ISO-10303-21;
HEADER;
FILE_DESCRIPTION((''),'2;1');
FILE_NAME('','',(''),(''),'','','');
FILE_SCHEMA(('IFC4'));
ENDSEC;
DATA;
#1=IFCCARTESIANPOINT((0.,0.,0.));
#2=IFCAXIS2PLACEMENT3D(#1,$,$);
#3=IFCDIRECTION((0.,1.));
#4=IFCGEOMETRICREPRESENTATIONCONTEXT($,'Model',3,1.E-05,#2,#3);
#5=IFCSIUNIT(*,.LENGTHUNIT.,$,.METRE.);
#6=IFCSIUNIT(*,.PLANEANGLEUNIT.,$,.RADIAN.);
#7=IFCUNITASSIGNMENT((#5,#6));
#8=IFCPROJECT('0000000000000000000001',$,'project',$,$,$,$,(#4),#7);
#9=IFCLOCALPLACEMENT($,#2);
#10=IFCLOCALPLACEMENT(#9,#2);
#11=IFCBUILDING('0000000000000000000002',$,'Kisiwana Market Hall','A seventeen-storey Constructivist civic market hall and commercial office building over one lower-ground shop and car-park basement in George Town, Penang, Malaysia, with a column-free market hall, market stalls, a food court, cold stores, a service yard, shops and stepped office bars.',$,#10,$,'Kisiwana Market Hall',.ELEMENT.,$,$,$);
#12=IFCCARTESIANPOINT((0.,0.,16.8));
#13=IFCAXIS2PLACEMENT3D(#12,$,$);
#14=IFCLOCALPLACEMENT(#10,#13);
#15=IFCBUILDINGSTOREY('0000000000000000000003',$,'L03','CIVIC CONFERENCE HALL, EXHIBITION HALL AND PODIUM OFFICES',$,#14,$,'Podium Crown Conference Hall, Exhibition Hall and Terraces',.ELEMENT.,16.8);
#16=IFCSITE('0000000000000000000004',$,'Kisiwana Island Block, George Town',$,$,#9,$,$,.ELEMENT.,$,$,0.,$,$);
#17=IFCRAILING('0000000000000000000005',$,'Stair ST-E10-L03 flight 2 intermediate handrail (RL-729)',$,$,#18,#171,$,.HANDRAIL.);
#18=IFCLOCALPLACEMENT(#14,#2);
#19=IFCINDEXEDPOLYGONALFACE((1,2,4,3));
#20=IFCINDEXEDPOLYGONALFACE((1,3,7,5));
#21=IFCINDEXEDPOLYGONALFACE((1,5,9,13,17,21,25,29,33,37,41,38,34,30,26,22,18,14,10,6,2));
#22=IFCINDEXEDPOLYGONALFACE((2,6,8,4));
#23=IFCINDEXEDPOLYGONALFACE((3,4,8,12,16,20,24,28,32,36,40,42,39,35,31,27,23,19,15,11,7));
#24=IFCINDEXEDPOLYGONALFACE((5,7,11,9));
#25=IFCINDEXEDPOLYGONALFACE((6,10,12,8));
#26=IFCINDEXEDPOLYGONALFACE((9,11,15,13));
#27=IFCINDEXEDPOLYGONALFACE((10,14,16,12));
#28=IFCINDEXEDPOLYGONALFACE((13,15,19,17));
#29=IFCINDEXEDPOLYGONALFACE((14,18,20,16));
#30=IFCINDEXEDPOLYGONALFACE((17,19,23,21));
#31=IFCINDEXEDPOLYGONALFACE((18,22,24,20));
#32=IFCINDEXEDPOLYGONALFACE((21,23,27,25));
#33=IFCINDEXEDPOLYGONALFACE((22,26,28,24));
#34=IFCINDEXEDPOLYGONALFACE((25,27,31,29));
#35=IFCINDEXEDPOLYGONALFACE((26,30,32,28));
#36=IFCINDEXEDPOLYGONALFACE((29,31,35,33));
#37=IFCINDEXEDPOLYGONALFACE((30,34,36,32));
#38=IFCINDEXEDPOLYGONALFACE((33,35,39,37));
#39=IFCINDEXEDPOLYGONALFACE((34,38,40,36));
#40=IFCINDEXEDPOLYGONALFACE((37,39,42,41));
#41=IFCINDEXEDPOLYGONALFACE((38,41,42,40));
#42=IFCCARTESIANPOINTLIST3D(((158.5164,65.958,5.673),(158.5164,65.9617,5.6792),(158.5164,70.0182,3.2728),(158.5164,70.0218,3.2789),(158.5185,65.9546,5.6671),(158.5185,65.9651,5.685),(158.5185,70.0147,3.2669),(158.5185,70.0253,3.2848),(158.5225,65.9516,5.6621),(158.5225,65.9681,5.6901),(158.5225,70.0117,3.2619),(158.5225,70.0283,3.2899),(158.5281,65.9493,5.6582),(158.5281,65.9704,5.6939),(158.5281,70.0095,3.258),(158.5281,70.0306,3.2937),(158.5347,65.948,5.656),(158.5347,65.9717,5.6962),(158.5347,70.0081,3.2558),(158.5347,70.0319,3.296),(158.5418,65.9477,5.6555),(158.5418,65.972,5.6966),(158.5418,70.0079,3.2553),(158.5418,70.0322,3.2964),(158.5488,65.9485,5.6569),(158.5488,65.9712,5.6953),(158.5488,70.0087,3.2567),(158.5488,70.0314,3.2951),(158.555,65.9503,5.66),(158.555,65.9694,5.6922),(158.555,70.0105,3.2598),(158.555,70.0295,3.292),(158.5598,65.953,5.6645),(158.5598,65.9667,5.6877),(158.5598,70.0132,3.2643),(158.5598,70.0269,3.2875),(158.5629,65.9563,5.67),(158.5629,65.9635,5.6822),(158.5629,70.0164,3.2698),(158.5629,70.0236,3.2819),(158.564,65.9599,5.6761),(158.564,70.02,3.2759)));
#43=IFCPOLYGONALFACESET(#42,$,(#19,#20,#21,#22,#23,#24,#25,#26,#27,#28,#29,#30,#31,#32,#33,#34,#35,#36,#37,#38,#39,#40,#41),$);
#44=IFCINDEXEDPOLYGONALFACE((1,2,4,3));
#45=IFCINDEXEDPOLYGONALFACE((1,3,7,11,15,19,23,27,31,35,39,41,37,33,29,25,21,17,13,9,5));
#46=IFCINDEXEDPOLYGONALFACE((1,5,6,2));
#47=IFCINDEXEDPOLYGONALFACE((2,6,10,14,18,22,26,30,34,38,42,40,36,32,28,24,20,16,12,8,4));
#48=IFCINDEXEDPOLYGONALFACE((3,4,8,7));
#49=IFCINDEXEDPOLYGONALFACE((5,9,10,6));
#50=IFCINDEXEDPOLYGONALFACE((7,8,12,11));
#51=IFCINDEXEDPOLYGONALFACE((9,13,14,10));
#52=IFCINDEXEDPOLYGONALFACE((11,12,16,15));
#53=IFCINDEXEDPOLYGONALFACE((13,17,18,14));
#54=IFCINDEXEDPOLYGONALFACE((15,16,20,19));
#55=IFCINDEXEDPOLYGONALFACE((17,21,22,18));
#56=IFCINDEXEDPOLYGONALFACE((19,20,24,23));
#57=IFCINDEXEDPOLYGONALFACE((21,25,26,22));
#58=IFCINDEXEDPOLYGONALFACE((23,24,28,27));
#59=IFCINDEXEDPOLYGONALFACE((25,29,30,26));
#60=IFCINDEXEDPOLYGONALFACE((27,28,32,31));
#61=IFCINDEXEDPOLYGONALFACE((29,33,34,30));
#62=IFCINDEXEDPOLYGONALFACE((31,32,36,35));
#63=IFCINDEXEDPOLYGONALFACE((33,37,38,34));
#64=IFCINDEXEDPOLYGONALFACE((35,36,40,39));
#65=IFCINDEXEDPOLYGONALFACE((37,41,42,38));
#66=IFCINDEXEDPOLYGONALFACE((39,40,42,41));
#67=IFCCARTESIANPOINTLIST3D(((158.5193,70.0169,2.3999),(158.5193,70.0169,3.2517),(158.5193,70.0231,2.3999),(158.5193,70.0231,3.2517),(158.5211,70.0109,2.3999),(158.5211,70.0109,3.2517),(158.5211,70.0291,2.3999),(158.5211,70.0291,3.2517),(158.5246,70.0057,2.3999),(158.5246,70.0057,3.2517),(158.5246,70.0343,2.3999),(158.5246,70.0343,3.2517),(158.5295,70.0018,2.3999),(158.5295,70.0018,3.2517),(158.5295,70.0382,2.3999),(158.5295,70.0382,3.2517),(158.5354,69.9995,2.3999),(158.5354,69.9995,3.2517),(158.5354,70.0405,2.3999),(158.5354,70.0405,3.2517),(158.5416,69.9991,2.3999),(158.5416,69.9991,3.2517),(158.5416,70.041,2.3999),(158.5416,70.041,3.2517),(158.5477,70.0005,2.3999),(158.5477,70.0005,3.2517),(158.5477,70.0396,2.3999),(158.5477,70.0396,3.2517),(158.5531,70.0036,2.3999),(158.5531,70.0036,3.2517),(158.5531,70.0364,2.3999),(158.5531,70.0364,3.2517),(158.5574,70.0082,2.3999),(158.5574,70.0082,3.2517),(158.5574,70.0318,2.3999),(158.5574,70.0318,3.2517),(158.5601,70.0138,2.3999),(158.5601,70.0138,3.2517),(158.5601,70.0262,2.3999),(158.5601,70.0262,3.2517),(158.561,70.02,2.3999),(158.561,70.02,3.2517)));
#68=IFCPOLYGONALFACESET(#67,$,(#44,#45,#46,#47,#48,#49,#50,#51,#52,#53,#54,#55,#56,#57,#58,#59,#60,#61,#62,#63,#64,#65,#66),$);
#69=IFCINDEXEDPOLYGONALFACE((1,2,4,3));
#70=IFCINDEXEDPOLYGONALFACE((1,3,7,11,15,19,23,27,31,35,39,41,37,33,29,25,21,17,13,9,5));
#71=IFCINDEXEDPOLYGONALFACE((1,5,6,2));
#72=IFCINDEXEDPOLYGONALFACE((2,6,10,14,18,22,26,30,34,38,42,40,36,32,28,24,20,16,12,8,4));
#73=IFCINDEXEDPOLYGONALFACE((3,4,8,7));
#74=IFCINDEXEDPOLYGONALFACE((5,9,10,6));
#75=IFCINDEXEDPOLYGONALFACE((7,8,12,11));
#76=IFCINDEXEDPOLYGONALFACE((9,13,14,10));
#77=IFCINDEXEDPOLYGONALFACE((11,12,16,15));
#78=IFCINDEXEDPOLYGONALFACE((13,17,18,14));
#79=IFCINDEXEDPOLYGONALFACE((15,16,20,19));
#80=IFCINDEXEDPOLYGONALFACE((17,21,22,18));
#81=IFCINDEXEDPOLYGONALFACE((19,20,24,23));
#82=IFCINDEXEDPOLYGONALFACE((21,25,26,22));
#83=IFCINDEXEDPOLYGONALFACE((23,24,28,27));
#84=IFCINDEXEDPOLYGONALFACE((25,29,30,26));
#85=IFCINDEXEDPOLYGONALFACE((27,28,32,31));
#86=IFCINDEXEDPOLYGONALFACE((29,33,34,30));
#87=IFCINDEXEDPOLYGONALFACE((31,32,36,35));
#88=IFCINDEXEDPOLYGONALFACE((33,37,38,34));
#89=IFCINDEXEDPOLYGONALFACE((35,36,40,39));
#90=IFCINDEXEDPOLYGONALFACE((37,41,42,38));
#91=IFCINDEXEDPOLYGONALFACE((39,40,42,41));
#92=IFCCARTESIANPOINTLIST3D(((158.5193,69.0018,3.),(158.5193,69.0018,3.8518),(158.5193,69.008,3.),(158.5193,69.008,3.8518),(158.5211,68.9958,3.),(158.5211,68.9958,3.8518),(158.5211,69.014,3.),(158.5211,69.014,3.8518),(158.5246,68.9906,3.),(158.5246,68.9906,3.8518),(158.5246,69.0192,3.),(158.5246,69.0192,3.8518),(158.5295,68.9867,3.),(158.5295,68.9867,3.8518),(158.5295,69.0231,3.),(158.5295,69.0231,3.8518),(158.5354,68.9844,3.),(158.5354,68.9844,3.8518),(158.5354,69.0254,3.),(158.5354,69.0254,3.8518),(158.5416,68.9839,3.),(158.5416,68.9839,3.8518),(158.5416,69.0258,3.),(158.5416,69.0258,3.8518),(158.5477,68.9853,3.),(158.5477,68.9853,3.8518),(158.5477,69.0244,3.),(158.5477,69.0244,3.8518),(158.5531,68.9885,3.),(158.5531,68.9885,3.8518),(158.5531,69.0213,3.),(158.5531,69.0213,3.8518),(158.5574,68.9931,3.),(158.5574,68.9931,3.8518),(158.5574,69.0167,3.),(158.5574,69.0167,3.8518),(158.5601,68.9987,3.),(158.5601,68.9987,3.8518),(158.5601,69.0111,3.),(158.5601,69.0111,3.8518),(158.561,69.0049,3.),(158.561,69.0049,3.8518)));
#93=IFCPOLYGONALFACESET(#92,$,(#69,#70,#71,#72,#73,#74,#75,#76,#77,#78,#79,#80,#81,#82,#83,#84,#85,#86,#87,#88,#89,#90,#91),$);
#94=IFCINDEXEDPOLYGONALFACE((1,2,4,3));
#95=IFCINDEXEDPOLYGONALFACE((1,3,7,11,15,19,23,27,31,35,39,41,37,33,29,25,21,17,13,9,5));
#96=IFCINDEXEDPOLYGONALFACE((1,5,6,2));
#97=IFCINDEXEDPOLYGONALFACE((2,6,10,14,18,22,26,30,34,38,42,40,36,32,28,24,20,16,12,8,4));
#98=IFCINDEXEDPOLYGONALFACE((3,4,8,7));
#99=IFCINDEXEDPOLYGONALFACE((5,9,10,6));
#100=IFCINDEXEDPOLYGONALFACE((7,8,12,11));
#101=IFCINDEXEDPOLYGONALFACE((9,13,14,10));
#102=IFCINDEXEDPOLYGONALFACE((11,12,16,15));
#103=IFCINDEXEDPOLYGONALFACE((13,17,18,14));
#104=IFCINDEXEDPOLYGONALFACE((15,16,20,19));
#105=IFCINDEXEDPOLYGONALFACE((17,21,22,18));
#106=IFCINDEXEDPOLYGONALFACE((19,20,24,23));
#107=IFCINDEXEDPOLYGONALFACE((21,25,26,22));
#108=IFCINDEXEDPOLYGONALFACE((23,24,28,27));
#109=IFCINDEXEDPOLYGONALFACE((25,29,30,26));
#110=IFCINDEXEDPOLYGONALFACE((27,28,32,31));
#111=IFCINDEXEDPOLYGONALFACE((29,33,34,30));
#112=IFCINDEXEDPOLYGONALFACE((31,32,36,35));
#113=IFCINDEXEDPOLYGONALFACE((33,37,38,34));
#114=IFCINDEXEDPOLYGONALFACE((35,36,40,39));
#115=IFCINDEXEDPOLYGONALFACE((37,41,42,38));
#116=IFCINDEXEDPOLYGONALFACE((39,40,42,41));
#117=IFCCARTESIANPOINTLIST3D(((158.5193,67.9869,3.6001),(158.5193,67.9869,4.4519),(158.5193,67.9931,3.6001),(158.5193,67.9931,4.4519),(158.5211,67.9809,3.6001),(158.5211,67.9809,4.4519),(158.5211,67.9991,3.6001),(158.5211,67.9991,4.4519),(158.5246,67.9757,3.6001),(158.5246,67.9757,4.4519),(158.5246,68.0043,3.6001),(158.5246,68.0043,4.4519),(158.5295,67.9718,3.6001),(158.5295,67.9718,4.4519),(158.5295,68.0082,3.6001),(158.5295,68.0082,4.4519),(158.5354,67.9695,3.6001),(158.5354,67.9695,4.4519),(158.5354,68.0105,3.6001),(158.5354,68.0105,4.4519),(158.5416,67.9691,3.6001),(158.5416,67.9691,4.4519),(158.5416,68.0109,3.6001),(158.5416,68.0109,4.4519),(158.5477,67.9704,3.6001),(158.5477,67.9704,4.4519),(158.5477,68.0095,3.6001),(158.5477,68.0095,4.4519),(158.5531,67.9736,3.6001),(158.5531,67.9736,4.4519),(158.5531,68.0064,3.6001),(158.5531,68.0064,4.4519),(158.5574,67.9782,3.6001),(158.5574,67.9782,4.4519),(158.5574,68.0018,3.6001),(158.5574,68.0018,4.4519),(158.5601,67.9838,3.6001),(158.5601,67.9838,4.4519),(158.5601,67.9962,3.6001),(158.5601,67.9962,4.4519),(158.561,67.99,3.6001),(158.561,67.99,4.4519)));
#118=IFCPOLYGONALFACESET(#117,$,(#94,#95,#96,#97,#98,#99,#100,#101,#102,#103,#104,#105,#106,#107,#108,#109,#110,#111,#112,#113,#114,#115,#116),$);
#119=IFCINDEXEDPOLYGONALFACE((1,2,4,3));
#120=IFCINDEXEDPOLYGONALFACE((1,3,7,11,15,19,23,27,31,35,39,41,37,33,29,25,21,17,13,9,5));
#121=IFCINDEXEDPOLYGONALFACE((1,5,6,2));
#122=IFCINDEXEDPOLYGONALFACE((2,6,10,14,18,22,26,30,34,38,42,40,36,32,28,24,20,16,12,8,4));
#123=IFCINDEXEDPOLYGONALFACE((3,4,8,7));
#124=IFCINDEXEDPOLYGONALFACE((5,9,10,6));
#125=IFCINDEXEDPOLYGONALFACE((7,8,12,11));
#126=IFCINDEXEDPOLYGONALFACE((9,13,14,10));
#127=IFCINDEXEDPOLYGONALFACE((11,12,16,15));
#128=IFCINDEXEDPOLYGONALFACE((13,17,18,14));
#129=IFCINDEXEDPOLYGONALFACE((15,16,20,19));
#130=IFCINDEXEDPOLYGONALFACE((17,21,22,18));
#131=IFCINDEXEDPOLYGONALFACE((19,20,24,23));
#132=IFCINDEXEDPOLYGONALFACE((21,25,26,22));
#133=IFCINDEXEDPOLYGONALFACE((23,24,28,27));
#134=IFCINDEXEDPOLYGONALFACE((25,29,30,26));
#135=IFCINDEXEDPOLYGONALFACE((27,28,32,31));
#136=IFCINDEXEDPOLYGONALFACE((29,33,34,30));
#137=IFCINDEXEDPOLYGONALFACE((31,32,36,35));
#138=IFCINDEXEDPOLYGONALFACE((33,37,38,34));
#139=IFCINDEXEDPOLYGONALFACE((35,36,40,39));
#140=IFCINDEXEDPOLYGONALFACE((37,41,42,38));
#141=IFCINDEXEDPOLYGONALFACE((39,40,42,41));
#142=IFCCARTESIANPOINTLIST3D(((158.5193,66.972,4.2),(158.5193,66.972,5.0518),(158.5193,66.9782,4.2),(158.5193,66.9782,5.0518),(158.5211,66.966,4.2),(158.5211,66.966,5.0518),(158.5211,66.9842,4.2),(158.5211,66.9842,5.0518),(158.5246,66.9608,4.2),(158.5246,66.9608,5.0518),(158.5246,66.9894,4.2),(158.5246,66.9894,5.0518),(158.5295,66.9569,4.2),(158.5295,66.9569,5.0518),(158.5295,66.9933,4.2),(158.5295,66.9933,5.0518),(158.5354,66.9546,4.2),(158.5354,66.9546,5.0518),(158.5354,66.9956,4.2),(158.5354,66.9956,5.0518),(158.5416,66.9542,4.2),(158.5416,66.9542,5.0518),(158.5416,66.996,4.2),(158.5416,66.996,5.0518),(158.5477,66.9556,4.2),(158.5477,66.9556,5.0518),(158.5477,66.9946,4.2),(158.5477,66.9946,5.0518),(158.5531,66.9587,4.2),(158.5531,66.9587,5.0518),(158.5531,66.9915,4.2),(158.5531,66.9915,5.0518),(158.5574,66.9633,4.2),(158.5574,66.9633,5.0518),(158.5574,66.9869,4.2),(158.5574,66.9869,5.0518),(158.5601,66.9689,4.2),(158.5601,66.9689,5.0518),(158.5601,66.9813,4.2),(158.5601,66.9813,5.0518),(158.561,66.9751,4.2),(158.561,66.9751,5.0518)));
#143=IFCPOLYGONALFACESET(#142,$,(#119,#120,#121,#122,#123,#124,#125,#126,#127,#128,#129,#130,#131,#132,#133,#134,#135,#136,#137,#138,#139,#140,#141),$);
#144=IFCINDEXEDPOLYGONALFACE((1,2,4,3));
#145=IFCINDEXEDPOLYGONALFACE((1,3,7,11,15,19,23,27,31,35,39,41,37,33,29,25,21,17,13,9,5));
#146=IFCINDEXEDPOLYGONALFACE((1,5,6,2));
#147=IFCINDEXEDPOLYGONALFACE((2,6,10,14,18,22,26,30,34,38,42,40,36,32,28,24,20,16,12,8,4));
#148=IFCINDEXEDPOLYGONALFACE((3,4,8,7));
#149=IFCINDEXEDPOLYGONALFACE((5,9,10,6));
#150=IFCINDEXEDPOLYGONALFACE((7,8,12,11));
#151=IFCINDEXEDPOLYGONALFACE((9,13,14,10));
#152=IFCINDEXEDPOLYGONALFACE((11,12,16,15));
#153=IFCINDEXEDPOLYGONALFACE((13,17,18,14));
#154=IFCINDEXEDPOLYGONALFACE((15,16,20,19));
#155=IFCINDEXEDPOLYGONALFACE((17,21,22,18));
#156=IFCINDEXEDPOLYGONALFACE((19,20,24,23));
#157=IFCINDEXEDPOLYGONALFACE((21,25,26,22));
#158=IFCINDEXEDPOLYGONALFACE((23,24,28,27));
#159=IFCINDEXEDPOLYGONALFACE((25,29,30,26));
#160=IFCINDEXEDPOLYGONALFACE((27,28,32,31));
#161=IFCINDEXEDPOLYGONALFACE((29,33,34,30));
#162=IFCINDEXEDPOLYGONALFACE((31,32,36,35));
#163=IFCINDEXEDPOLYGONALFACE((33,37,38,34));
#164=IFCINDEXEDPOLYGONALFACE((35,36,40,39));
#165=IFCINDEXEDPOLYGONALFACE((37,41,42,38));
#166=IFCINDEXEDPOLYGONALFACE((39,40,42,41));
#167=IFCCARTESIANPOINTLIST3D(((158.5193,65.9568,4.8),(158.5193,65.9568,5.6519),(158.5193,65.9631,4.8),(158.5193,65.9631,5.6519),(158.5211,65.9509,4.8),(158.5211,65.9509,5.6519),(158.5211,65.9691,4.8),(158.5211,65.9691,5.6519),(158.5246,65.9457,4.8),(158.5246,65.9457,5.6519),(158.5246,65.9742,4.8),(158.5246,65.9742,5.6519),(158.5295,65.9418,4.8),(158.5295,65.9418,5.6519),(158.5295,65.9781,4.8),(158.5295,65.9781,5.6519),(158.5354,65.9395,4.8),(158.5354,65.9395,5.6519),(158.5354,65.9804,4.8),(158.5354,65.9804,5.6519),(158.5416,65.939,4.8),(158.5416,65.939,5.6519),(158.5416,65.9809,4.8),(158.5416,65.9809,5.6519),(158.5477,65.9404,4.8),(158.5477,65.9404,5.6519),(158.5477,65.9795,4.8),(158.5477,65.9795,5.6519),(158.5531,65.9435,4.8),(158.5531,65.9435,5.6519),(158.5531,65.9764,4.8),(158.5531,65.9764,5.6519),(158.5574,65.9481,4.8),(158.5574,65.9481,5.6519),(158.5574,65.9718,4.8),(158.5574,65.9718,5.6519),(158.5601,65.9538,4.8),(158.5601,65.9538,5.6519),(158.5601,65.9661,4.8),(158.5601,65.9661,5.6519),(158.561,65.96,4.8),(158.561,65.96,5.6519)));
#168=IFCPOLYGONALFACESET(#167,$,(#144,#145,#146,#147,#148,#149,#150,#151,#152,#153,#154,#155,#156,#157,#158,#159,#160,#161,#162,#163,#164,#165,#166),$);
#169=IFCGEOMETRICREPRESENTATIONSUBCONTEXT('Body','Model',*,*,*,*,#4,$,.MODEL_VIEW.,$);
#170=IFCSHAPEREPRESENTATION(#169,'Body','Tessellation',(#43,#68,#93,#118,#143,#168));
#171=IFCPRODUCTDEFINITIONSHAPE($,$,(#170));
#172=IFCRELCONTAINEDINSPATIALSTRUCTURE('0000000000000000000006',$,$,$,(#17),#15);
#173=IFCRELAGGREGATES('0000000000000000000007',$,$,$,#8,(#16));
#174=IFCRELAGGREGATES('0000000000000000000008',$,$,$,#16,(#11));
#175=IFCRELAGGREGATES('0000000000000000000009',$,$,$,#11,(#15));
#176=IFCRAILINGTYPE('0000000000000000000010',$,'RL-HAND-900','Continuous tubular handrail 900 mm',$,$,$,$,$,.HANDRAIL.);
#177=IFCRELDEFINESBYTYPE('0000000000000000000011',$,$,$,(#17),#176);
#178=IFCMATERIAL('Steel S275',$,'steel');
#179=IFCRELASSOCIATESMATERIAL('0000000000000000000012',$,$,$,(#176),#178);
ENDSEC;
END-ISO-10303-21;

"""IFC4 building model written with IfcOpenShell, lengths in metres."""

from ifc_helpers import new_model, si_unit, direction, frame, origin, origin_2d, place, context, subcontext, project, spatial, circle, extrude, material, type_object, element, save


model = new_model("IFC4")

# Units and contexts
model_context = context("Model", 3, precision=1e-05, world=origin(), true_north=direction((0.0, 1.0)))
body_context = subcontext(model_context, "Body", "Model", "MODEL_VIEW")
ifc_project = project(units=[si_unit("LENGTHUNIT", "METRE"), si_unit("PLANEANGLEUNIT", "RADIAN")], contexts=[model_context])

# Site, building, storey
site_placement = place(None, origin())
site = spatial("IfcSite", under=ifc_project, at=site_placement, Name="Kisiwana Island Block, George Town", CompositionType="ELEMENT", RefElevation=0.0)
building_placement = place(site_placement, origin())
building = spatial("IfcBuilding", under=site, at=building_placement, Name="Kisiwana Market Hall", Description="A seventeen-storey Constructivist civic market hall and commercial office building over one lower-ground shop and car-park basement in George Town, Penang, Malaysia, with a column-free market hall, market stalls, a food court, cold stores, a service yard, shops and stepped office bars.", LongName="Kisiwana Market Hall", CompositionType="ELEMENT")
storey_placement = place(building_placement, frame((0.0, 0.0, 16.8)))
storey = spatial("IfcBuildingStorey", under=building, at=storey_placement, Name="L03", Description="CIVIC CONFERENCE HALL, EXHIBITION HALL AND PODIUM OFFICES", LongName="Podium Crown Conference Hall, Exhibition Hall and Terraces", CompositionType="ELEMENT", Elevation=16.8)

# Railing
ifc_material_1 = material(Name="Steel S275", Category="steel")
railing_type_1 = type_object("IfcRailingType", Name="RL-HAND-900", Description="Continuous tubular handrail 900 mm", PredefinedType="HANDRAIL", material=ifc_material_1)
for number, where, name in (
    (1, (158.54, 70.02, 2.3999), "Stair ST-E10-L03 flight 2 intermediate handrail (RL-729)"),
):
    element("IfcRailing", number, at=place(storey_placement, frame(where)), inside=storey, type_object=railing_type_1, Name=name, PredefinedType="HANDRAIL", context=body_context, shape_type="SweptSolid", body=[
        extrude(circle(Radius=0.0239, at=origin_2d()), frame((0.0, 0.0, 0.876), z_axis=(0.0, -0.860832, 0.50889), x_axis=(1.0, 0.0, 0.0)), (0.0, 0.0, 1.0), 4.7166),
        extrude(circle(Radius=0.021, at=origin_2d()), origin(), (0.0, 0.0, 1.0), 0.8518),
        extrude(circle(Radius=0.021, at=origin_2d()), frame((0.0, -1.0151, 0.6001)), (0.0, 0.0, 1.0), 0.8518),
        extrude(circle(Radius=0.021, at=origin_2d()), frame((0.0, -2.03, 1.2002)), (0.0, 0.0, 1.0), 0.8518),
        extrude(circle(Radius=0.021, at=origin_2d()), frame((0.0, -3.0449, 1.8)), (0.0, 0.0, 1.0), 0.8518),
        extrude(circle(Radius=0.021, at=origin_2d()), frame((0.0, -4.0601, 2.4001)), (0.0, 0.0, 1.0), 0.8518),
    ])

save(model, "model.ifc")
